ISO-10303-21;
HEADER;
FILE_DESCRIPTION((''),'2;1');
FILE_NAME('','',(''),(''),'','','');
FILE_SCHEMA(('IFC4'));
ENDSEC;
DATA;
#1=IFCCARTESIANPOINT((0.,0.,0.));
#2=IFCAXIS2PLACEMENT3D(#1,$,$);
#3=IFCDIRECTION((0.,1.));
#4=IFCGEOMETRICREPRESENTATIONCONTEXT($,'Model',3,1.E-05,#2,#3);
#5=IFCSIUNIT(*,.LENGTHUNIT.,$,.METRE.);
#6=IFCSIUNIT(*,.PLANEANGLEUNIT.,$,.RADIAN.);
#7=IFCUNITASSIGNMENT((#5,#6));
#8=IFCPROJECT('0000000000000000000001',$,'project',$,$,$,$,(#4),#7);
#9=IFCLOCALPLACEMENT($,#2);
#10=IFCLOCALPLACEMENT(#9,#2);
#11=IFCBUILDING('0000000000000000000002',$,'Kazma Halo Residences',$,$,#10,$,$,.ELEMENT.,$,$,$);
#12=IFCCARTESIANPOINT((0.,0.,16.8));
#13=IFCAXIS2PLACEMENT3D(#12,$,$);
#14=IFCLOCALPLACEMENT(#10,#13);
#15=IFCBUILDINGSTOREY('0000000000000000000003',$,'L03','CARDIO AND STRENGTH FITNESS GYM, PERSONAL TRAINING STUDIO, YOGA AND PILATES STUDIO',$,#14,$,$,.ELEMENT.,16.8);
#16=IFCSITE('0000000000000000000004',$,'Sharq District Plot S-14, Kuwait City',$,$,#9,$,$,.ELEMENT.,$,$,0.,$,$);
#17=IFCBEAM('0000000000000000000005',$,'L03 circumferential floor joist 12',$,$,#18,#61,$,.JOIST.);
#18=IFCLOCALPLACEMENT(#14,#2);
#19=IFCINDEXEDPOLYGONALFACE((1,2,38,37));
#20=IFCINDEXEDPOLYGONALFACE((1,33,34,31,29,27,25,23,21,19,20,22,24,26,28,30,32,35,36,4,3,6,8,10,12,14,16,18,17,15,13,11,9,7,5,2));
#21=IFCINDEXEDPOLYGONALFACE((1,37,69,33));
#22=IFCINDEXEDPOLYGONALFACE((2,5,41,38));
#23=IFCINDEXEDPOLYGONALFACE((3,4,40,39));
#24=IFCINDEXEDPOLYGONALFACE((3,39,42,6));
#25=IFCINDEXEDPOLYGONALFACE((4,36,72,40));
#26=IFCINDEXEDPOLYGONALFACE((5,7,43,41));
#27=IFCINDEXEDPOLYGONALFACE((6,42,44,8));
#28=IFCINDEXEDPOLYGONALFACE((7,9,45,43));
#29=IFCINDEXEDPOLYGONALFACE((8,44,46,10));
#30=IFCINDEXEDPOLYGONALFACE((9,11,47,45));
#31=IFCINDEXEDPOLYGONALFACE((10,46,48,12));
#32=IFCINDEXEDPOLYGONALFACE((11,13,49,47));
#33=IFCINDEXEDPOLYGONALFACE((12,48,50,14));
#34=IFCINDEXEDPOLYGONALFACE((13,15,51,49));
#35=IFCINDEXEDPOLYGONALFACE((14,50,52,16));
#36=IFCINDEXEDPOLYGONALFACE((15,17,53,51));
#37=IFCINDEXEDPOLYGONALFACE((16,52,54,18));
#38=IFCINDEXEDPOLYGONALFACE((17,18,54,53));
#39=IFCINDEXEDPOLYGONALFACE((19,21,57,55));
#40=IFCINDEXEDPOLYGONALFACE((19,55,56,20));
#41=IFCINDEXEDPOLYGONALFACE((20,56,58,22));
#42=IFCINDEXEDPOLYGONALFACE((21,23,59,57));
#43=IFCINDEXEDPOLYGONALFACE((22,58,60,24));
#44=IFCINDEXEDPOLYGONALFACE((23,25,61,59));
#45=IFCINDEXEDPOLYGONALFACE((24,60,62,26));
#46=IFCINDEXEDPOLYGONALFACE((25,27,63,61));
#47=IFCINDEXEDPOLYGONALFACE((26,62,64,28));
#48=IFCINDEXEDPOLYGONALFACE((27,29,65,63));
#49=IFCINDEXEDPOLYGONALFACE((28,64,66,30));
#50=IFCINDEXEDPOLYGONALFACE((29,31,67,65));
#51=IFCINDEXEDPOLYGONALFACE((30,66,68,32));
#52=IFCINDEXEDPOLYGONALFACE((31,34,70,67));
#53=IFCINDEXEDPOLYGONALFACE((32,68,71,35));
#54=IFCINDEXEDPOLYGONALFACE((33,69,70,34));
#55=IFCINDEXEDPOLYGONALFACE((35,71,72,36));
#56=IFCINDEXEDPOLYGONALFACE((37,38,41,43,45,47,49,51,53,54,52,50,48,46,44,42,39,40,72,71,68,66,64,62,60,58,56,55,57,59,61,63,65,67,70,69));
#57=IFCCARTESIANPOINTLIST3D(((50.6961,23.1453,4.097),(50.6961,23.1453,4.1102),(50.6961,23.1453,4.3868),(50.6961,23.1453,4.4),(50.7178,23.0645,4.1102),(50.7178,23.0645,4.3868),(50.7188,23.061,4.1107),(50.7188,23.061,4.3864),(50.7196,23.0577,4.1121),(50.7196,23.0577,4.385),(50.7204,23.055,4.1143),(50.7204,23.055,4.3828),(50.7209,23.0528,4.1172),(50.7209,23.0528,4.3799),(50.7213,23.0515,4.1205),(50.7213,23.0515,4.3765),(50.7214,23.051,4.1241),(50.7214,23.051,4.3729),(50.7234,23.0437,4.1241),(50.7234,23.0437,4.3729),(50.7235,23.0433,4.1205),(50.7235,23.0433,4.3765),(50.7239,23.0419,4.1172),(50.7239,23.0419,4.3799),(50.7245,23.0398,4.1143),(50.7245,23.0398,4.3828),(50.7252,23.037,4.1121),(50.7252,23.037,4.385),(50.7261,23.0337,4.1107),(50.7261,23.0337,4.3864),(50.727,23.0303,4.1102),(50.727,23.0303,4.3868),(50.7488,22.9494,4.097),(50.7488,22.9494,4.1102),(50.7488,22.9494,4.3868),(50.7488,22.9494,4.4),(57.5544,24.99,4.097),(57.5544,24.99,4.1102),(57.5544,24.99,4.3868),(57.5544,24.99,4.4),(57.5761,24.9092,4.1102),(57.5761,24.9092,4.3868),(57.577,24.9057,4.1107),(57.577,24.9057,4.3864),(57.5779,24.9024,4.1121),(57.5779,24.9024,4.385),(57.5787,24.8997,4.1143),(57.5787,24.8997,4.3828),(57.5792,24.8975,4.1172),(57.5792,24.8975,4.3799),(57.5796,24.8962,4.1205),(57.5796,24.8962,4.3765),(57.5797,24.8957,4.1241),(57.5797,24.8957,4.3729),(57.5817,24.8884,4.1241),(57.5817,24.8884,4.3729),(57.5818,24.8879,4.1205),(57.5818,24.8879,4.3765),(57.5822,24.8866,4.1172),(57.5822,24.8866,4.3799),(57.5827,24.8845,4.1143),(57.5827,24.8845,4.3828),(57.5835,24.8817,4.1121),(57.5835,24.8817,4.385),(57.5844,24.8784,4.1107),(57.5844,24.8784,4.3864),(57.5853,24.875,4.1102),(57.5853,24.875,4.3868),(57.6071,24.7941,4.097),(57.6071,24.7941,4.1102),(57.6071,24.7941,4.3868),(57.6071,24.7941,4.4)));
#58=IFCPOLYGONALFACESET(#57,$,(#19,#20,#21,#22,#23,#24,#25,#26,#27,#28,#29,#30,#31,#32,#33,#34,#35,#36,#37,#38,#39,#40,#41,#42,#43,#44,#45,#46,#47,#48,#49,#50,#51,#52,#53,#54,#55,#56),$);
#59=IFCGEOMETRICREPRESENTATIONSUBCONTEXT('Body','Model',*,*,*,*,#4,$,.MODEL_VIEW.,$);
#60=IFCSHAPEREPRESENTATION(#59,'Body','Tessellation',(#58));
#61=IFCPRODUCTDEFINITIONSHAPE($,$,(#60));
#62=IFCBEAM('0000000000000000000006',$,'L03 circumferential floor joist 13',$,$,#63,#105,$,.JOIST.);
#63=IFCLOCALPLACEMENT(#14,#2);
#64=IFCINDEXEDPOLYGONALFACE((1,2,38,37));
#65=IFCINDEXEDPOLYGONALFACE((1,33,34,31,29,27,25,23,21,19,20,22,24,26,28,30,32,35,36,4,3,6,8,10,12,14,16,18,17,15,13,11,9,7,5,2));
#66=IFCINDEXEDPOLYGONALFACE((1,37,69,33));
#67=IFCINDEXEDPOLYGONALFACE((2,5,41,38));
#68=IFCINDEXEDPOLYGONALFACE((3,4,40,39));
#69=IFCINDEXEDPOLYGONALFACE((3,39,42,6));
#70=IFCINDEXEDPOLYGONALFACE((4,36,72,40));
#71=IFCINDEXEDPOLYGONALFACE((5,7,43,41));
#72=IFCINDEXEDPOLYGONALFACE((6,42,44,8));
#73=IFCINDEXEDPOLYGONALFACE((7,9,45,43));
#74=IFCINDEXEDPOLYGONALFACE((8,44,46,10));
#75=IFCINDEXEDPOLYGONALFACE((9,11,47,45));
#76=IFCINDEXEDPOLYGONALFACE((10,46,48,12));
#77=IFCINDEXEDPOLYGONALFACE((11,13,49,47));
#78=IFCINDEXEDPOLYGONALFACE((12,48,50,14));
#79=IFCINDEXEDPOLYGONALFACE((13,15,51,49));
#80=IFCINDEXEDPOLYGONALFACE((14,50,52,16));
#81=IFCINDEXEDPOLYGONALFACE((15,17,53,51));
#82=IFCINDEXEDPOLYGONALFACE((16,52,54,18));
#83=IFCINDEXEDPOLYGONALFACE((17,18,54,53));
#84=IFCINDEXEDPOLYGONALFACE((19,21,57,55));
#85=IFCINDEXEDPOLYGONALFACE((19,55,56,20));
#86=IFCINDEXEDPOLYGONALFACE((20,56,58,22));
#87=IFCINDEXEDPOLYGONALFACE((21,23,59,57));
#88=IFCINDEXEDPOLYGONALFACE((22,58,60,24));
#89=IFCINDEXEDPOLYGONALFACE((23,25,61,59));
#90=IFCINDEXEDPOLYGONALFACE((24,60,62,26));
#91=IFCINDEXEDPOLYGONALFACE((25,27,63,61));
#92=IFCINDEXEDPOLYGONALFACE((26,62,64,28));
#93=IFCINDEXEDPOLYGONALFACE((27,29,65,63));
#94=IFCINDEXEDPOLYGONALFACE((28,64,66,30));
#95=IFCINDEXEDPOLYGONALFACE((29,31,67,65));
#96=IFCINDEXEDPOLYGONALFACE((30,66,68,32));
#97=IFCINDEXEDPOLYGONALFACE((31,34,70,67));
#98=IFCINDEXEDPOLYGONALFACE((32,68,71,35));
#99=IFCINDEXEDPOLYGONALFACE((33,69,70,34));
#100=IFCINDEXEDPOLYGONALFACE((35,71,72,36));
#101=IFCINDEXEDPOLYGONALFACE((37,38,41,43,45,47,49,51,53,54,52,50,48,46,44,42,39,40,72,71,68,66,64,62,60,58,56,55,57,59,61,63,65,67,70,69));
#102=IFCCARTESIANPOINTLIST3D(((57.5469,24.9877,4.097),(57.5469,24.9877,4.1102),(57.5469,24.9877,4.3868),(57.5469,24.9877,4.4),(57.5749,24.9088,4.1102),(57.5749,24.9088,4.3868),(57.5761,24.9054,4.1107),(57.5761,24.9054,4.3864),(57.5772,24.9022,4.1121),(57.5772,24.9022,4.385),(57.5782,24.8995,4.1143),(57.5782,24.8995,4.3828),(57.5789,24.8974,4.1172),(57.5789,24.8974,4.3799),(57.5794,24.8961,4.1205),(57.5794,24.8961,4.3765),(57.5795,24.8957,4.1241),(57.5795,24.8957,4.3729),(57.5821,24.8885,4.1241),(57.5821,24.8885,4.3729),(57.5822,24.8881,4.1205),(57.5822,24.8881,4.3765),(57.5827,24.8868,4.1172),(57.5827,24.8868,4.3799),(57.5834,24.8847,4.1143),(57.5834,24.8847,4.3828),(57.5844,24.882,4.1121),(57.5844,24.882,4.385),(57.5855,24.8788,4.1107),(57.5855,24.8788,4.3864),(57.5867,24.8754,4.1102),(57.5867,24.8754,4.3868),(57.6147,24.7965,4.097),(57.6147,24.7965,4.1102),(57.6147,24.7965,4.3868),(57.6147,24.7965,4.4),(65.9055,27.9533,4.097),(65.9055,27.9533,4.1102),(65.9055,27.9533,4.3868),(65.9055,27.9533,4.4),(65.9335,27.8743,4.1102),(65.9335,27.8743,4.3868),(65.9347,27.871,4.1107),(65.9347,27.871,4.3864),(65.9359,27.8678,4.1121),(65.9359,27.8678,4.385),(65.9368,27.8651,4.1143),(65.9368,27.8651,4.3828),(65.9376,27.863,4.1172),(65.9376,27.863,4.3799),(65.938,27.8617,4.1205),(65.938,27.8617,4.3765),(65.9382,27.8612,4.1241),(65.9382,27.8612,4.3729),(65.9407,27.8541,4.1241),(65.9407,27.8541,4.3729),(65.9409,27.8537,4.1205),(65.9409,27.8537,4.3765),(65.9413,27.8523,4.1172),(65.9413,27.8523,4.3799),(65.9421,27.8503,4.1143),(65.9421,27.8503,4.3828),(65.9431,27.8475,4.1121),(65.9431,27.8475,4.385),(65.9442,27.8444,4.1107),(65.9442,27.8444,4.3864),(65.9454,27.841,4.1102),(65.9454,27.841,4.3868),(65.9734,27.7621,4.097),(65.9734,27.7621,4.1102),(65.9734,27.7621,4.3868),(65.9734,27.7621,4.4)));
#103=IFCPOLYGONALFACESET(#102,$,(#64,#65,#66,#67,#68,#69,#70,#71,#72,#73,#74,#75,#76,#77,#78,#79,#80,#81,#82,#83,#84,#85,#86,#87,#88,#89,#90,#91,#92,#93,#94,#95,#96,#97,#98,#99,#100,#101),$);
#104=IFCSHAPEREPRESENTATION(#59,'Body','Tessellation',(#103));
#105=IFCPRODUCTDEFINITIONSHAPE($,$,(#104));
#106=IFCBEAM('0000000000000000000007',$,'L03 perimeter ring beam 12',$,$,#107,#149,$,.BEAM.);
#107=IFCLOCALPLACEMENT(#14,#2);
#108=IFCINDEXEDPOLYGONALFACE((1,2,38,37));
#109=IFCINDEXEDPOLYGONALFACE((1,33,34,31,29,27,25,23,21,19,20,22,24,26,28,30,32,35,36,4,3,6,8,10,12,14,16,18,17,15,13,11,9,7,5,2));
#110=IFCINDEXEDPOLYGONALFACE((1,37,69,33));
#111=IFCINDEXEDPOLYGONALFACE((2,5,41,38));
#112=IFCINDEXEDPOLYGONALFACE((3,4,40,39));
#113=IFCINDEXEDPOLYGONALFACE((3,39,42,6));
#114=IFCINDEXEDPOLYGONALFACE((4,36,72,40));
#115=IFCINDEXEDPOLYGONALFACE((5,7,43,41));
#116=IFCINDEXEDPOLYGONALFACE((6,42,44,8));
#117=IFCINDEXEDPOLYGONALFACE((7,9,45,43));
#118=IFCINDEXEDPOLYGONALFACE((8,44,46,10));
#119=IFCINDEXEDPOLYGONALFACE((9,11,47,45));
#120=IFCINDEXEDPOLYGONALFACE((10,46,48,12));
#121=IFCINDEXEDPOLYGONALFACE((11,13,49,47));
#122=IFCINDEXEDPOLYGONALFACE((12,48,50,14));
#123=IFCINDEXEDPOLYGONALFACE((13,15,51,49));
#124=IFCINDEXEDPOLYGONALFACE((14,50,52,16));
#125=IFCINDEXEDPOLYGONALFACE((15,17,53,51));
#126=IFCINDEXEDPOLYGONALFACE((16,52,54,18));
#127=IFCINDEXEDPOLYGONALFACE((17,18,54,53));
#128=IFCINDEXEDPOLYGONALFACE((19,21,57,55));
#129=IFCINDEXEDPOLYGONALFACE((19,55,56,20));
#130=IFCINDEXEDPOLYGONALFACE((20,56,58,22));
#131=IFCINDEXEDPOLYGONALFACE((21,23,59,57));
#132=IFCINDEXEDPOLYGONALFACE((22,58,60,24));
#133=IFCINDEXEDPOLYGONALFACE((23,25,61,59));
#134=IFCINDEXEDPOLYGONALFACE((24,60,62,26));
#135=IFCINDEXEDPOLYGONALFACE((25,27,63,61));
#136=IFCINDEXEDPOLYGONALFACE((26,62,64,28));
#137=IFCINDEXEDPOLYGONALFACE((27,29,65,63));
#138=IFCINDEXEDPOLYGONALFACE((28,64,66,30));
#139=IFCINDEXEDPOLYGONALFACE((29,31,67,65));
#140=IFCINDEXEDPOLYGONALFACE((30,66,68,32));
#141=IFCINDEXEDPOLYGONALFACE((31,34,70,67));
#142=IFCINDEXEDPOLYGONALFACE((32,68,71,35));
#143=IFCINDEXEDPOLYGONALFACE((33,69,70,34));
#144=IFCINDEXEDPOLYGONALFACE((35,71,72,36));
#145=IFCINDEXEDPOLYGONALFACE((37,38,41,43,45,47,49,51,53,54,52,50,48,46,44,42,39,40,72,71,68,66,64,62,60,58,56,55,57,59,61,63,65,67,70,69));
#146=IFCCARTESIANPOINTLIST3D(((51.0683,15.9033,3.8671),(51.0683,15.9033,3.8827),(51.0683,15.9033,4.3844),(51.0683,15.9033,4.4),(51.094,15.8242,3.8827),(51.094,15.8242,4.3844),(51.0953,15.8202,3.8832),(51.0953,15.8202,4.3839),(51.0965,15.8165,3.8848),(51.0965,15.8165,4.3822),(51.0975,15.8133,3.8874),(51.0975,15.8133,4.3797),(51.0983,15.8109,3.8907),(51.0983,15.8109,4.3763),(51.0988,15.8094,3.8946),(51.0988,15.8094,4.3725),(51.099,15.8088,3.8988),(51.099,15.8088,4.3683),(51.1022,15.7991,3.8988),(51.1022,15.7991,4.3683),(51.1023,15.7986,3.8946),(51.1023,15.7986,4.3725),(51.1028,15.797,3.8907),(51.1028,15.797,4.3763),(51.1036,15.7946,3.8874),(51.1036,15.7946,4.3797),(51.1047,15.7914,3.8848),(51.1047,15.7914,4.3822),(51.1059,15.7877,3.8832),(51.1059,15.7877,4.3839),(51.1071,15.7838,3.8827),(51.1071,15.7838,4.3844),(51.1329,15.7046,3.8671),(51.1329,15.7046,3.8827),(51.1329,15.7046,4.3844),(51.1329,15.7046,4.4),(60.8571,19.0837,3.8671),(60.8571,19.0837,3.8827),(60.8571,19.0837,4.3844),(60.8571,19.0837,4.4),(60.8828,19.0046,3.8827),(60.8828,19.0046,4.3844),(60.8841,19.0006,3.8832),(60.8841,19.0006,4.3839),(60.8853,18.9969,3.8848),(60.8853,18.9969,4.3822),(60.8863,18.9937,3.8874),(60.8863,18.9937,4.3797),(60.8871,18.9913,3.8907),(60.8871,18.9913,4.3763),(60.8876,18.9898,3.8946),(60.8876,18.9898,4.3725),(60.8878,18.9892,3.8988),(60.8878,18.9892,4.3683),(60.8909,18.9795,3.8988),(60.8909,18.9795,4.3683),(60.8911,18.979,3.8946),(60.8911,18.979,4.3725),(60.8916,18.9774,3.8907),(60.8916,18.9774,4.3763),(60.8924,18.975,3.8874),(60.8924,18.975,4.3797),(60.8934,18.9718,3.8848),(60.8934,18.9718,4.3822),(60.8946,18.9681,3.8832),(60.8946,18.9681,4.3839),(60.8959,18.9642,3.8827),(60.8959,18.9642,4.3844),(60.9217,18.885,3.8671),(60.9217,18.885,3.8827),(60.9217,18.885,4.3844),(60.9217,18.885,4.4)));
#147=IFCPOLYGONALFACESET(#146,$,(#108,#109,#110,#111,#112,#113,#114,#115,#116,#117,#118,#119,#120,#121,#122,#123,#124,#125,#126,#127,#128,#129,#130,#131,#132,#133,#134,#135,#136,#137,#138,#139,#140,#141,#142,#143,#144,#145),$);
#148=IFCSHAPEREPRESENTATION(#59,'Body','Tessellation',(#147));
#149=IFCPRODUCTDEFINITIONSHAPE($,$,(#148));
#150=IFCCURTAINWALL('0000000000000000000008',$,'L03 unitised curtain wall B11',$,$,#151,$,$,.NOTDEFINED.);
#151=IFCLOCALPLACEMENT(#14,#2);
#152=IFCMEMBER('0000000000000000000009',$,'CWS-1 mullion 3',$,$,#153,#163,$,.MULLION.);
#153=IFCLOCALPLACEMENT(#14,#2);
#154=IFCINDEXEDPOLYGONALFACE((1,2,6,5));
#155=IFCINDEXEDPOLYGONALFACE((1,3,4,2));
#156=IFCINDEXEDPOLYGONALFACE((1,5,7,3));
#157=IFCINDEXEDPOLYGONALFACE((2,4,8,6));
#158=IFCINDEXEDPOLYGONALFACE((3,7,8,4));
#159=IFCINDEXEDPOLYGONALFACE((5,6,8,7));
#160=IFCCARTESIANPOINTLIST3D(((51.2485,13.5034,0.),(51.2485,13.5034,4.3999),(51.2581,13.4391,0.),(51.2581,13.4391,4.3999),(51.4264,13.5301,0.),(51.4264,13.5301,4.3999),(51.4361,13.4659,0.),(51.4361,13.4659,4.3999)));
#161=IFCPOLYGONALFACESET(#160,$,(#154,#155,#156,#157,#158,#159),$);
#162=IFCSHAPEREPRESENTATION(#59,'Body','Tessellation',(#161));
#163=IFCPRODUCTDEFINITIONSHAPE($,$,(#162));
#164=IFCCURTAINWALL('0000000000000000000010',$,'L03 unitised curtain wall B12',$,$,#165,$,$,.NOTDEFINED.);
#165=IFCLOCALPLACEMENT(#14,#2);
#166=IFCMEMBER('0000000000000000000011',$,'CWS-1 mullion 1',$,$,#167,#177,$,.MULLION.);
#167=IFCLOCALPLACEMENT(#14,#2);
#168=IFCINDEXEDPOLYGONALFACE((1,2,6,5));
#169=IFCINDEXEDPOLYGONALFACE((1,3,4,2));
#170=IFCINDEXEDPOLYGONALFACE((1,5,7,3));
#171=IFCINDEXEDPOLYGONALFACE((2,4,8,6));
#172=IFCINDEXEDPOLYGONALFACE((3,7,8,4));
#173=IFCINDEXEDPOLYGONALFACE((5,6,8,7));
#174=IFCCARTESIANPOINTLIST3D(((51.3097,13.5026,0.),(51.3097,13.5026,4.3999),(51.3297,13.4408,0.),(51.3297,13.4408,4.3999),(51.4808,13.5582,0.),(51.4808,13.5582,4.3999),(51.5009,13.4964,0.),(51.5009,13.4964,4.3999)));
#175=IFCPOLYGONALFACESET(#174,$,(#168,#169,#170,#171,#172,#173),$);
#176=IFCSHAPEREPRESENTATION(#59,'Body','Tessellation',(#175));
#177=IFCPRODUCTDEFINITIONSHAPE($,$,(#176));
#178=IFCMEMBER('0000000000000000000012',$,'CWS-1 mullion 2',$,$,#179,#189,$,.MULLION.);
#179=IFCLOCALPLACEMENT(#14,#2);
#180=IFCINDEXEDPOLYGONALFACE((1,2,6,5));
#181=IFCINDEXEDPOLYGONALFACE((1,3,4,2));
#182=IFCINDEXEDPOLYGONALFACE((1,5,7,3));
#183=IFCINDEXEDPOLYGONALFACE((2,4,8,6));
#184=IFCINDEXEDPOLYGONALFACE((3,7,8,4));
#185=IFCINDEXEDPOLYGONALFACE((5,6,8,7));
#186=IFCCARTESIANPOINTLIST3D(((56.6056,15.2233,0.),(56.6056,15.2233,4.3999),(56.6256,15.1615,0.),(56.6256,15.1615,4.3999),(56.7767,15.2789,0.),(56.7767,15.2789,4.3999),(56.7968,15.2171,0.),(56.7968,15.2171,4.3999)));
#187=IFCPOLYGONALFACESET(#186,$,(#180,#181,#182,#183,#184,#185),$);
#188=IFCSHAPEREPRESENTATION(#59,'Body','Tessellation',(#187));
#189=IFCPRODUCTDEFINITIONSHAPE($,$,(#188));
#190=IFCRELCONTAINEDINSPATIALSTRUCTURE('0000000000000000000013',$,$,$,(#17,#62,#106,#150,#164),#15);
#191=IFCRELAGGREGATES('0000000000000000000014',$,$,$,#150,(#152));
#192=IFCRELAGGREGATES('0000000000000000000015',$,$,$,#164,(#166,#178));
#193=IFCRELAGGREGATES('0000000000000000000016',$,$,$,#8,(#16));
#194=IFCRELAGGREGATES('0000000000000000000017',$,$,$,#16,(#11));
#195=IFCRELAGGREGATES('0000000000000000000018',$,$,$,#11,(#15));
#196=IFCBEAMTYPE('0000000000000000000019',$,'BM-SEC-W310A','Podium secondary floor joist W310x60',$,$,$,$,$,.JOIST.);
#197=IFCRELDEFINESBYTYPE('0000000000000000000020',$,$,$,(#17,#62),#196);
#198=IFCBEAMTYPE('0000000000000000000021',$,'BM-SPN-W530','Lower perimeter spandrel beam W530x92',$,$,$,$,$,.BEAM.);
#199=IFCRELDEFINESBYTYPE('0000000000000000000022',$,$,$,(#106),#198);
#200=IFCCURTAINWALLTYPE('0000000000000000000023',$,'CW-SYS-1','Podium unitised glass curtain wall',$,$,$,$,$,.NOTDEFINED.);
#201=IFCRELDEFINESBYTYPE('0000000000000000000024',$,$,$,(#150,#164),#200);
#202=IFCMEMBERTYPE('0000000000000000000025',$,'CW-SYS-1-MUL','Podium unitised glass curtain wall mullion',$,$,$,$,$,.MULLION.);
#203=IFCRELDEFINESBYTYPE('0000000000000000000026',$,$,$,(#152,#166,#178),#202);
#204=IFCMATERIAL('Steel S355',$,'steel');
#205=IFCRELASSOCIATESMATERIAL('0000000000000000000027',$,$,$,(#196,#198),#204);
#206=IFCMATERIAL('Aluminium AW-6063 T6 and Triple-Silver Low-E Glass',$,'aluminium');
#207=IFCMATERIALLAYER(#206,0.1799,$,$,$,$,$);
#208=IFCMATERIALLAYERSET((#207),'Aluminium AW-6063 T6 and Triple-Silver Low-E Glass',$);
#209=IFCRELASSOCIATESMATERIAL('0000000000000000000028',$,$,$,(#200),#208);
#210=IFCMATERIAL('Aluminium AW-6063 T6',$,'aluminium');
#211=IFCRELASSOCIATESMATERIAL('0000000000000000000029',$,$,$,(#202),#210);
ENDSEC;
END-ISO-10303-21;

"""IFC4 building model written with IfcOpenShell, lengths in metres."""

from ifc_helpers import new_model, si_unit, direction, frame, origin, origin_2d, place, context, subcontext, project, spatial, rectangle, i_section, extrude, material, layer, layer_set, material_profile, profile_set, type_object, element, aggregate, save


model = new_model("IFC4")

# Units and contexts
model_context = context("Model", 3, precision=1e-05, world=origin(), true_north=direction((0.0, 1.0)))
body_context = subcontext(model_context, "Body", "Model", "MODEL_VIEW")
ifc_project = project(units=[si_unit("LENGTHUNIT", "METRE"), si_unit("PLANEANGLEUNIT", "RADIAN")], contexts=[model_context])

# Site, building, storey
site_placement = place(None, origin())
site = spatial("IfcSite", under=ifc_project, at=site_placement, Name="Sharq District Plot S-14, Kuwait City", CompositionType="ELEMENT", RefElevation=0.0)
building_placement = place(site_placement, origin())
building = spatial("IfcBuilding", under=site, at=building_placement, Name="Kazma Halo Residences", CompositionType="ELEMENT")
storey_placement = place(building_placement, frame((0.0, 0.0, 16.8)))
storey = spatial("IfcBuildingStorey", under=building, at=storey_placement, Name="L03", Description="CARDIO AND STRENGTH FITNESS GYM, PERSONAL TRAINING STUDIO, YOGA AND PILATES STUDIO", CompositionType="ELEMENT", Elevation=16.8)

# Beams
ifc_material_1 = material(Name="Steel S355", Category="steel")
ifc_material_profile_1 = material_profile(ifc_material_1, i_section(OverallWidth=0.2029, OverallDepth=0.303, WebThickness=0.0076, FlangeThickness=0.0132, FilletRadius=0.0139, at=origin_2d()), Name="W310x60")
ifc_profile_set_1 = profile_set([ifc_material_profile_1], Name="Steel S355")
beam_type_1 = type_object("IfcBeamType", Name="BM-SEC-W310A", Description="Podium secondary floor joist W310x60", PredefinedType="JOIST", material=ifc_profile_set_1)
beam_1_placement = place(storey_placement, frame((50.7224, 23.0474, 4.2485), z_axis=(0.965678, 0.259742, 0.0), x_axis=(-0.259742, 0.965678, 0.0)))
element("IfcBeam", 1, at=beam_1_placement, inside=storey, type_object=beam_type_1, Name="L03 circumferential floor joist 12", PredefinedType="JOIST", context=body_context, shape_type="SweptSolid", body=[
    extrude(i_section(OverallWidth=0.2029, OverallDepth=0.303, WebThickness=0.0076, FlangeThickness=0.0132, FilletRadius=0.0139, at=origin_2d()), origin(), (0.0, 0.0, 1.0), 7.1021),
])
beam_2_placement = place(storey_placement, frame((57.5808, 24.8921, 4.2485), z_axis=(0.942442, 0.33437, 0.0), x_axis=(-0.33437, 0.942442, 0.0)))
element("IfcBeam", 2, at=beam_2_placement, inside=storey, type_object=beam_type_1, Name="L03 circumferential floor joist 13", PredefinedType="JOIST", context=body_context, shape_type="SweptSolid", body=[
    extrude(i_section(OverallWidth=0.2029, OverallDepth=0.303, WebThickness=0.0076, FlangeThickness=0.0132, FilletRadius=0.0139, at=origin_2d()), origin(), (0.0, 0.0, 1.0), 8.8691),
])
ifc_material_profile_2 = material_profile(ifc_material_1, i_section(OverallWidth=0.209, OverallDepth=0.533, WebThickness=0.0103, FlangeThickness=0.0156, FilletRadius=0.0161, at=origin_2d()), Name="W530x92")
ifc_profile_set_2 = profile_set([ifc_material_profile_2], Name="Steel S355")
beam_type_2 = type_object("IfcBeamType", Name="BM-SPN-W530", Description="Lower perimeter spandrel beam W530x92", PredefinedType="BEAM", material=ifc_profile_set_2)
beam_3_placement = place(storey_placement, frame((51.1006, 15.804, 4.1335), z_axis=(0.951061, 0.309003, 0.0), x_axis=(-0.309003, 0.951061, 0.0)))
element("IfcBeam", 3, at=beam_3_placement, inside=storey, type_object=beam_type_2, Name="L03 perimeter ring beam 12", PredefinedType="BEAM", context=body_context, shape_type="SweptSolid", body=[
    extrude(i_section(OverallWidth=0.209, OverallDepth=0.533, WebThickness=0.0103, FlangeThickness=0.0156, FilletRadius=0.0161, at=origin_2d()), origin(), (0.0, 0.0, 1.0), 10.2925),
])

# Curtain wall, member
ifc_material_2 = material(Name="Aluminium AW-6063 T6 and Triple-Silver Low-E Glass", Category="aluminium")
ifc_layer_1 = layer(ifc_material_2, 0.1799)
ifc_layer_set_1 = layer_set([ifc_layer_1], Name="Aluminium AW-6063 T6 and Triple-Silver Low-E Glass")
curtain_wall_type = type_object("IfcCurtainWallType", Name="CW-SYS-1", Description="Podium unitised glass curtain wall", PredefinedType="NOTDEFINED", material=ifc_layer_set_1)
curtain_wall_1_placement = place(storey_placement, origin())
curtain_wall_1 = element("IfcCurtainWall", 4, at=curtain_wall_1_placement, inside=storey, type_object=curtain_wall_type, Name="L03 unitised curtain wall B11", PredefinedType="NOTDEFINED")
ifc_material_3 = material(Name="Aluminium AW-6063 T6", Category="aluminium")
ifc_material_profile_3 = material_profile(ifc_material_3, rectangle(XDim=0.0649, YDim=0.1799, at=origin_2d()), Name="CWM-65x180")
ifc_profile_set_3 = profile_set([ifc_material_profile_3], Name="Aluminium AW-6063 T6")
member_type_1 = type_object("IfcMemberType", Name="CW-SYS-1-MUL", Description="Podium unitised glass curtain wall mullion", PredefinedType="MULLION", material=ifc_profile_set_3)
member_1_placement = place(storey_placement, frame((51.3423, 13.4846, 0.0), z_axis=(0.0, 0.0, 1.0), x_axis=(-0.148549, 0.988905, 0.0)))
member_1 = element("IfcMember", 5, at=member_1_placement, type_object=member_type_1, Name="CWS-1 mullion 3", PredefinedType="MULLION", context=body_context, shape_type="SweptSolid", body=[
    extrude(rectangle(XDim=0.0649, YDim=0.1799, at=origin_2d()), origin(), (0.0, 0.0, 1.0), 4.3999),
])

# Curtain wall, members
curtain_wall_2_placement = place(storey_placement, origin())
curtain_wall_2 = element("IfcCurtainWall", 6, at=curtain_wall_2_placement, inside=storey, type_object=curtain_wall_type, Name="L03 unitised curtain wall B12", PredefinedType="NOTDEFINED")
member_2_placement = place(storey_placement, frame((51.4053, 13.4995, 0.0), z_axis=(0.0, 0.0, 1.0), x_axis=(-0.309017, 0.951056, 0.0)))
member_2 = element("IfcMember", 7, at=member_2_placement, type_object=member_type_1, Name="CWS-1 mullion 1", PredefinedType="MULLION", context=body_context, shape_type="SweptSolid", body=[
    extrude(rectangle(XDim=0.0649, YDim=0.1799, at=origin_2d()), origin(), (0.0, 0.0, 1.0), 4.3999),
])
member_3_placement = place(storey_placement, frame((56.7012, 15.2202, 0.0), z_axis=(0.0, 0.0, 1.0), x_axis=(-0.309017, 0.951056, 0.0)))
member_3 = element("IfcMember", 8, at=member_3_placement, type_object=member_type_1, Name="CWS-1 mullion 2", PredefinedType="MULLION", context=body_context, shape_type="SweptSolid", body=[
    extrude(rectangle(XDim=0.0649, YDim=0.1799, at=origin_2d()), origin(), (0.0, 0.0, 1.0), 4.3999),
])

aggregate(curtain_wall_1, [member_1])
aggregate(curtain_wall_2, [member_2, member_3])

save(model, "model.ifc")
